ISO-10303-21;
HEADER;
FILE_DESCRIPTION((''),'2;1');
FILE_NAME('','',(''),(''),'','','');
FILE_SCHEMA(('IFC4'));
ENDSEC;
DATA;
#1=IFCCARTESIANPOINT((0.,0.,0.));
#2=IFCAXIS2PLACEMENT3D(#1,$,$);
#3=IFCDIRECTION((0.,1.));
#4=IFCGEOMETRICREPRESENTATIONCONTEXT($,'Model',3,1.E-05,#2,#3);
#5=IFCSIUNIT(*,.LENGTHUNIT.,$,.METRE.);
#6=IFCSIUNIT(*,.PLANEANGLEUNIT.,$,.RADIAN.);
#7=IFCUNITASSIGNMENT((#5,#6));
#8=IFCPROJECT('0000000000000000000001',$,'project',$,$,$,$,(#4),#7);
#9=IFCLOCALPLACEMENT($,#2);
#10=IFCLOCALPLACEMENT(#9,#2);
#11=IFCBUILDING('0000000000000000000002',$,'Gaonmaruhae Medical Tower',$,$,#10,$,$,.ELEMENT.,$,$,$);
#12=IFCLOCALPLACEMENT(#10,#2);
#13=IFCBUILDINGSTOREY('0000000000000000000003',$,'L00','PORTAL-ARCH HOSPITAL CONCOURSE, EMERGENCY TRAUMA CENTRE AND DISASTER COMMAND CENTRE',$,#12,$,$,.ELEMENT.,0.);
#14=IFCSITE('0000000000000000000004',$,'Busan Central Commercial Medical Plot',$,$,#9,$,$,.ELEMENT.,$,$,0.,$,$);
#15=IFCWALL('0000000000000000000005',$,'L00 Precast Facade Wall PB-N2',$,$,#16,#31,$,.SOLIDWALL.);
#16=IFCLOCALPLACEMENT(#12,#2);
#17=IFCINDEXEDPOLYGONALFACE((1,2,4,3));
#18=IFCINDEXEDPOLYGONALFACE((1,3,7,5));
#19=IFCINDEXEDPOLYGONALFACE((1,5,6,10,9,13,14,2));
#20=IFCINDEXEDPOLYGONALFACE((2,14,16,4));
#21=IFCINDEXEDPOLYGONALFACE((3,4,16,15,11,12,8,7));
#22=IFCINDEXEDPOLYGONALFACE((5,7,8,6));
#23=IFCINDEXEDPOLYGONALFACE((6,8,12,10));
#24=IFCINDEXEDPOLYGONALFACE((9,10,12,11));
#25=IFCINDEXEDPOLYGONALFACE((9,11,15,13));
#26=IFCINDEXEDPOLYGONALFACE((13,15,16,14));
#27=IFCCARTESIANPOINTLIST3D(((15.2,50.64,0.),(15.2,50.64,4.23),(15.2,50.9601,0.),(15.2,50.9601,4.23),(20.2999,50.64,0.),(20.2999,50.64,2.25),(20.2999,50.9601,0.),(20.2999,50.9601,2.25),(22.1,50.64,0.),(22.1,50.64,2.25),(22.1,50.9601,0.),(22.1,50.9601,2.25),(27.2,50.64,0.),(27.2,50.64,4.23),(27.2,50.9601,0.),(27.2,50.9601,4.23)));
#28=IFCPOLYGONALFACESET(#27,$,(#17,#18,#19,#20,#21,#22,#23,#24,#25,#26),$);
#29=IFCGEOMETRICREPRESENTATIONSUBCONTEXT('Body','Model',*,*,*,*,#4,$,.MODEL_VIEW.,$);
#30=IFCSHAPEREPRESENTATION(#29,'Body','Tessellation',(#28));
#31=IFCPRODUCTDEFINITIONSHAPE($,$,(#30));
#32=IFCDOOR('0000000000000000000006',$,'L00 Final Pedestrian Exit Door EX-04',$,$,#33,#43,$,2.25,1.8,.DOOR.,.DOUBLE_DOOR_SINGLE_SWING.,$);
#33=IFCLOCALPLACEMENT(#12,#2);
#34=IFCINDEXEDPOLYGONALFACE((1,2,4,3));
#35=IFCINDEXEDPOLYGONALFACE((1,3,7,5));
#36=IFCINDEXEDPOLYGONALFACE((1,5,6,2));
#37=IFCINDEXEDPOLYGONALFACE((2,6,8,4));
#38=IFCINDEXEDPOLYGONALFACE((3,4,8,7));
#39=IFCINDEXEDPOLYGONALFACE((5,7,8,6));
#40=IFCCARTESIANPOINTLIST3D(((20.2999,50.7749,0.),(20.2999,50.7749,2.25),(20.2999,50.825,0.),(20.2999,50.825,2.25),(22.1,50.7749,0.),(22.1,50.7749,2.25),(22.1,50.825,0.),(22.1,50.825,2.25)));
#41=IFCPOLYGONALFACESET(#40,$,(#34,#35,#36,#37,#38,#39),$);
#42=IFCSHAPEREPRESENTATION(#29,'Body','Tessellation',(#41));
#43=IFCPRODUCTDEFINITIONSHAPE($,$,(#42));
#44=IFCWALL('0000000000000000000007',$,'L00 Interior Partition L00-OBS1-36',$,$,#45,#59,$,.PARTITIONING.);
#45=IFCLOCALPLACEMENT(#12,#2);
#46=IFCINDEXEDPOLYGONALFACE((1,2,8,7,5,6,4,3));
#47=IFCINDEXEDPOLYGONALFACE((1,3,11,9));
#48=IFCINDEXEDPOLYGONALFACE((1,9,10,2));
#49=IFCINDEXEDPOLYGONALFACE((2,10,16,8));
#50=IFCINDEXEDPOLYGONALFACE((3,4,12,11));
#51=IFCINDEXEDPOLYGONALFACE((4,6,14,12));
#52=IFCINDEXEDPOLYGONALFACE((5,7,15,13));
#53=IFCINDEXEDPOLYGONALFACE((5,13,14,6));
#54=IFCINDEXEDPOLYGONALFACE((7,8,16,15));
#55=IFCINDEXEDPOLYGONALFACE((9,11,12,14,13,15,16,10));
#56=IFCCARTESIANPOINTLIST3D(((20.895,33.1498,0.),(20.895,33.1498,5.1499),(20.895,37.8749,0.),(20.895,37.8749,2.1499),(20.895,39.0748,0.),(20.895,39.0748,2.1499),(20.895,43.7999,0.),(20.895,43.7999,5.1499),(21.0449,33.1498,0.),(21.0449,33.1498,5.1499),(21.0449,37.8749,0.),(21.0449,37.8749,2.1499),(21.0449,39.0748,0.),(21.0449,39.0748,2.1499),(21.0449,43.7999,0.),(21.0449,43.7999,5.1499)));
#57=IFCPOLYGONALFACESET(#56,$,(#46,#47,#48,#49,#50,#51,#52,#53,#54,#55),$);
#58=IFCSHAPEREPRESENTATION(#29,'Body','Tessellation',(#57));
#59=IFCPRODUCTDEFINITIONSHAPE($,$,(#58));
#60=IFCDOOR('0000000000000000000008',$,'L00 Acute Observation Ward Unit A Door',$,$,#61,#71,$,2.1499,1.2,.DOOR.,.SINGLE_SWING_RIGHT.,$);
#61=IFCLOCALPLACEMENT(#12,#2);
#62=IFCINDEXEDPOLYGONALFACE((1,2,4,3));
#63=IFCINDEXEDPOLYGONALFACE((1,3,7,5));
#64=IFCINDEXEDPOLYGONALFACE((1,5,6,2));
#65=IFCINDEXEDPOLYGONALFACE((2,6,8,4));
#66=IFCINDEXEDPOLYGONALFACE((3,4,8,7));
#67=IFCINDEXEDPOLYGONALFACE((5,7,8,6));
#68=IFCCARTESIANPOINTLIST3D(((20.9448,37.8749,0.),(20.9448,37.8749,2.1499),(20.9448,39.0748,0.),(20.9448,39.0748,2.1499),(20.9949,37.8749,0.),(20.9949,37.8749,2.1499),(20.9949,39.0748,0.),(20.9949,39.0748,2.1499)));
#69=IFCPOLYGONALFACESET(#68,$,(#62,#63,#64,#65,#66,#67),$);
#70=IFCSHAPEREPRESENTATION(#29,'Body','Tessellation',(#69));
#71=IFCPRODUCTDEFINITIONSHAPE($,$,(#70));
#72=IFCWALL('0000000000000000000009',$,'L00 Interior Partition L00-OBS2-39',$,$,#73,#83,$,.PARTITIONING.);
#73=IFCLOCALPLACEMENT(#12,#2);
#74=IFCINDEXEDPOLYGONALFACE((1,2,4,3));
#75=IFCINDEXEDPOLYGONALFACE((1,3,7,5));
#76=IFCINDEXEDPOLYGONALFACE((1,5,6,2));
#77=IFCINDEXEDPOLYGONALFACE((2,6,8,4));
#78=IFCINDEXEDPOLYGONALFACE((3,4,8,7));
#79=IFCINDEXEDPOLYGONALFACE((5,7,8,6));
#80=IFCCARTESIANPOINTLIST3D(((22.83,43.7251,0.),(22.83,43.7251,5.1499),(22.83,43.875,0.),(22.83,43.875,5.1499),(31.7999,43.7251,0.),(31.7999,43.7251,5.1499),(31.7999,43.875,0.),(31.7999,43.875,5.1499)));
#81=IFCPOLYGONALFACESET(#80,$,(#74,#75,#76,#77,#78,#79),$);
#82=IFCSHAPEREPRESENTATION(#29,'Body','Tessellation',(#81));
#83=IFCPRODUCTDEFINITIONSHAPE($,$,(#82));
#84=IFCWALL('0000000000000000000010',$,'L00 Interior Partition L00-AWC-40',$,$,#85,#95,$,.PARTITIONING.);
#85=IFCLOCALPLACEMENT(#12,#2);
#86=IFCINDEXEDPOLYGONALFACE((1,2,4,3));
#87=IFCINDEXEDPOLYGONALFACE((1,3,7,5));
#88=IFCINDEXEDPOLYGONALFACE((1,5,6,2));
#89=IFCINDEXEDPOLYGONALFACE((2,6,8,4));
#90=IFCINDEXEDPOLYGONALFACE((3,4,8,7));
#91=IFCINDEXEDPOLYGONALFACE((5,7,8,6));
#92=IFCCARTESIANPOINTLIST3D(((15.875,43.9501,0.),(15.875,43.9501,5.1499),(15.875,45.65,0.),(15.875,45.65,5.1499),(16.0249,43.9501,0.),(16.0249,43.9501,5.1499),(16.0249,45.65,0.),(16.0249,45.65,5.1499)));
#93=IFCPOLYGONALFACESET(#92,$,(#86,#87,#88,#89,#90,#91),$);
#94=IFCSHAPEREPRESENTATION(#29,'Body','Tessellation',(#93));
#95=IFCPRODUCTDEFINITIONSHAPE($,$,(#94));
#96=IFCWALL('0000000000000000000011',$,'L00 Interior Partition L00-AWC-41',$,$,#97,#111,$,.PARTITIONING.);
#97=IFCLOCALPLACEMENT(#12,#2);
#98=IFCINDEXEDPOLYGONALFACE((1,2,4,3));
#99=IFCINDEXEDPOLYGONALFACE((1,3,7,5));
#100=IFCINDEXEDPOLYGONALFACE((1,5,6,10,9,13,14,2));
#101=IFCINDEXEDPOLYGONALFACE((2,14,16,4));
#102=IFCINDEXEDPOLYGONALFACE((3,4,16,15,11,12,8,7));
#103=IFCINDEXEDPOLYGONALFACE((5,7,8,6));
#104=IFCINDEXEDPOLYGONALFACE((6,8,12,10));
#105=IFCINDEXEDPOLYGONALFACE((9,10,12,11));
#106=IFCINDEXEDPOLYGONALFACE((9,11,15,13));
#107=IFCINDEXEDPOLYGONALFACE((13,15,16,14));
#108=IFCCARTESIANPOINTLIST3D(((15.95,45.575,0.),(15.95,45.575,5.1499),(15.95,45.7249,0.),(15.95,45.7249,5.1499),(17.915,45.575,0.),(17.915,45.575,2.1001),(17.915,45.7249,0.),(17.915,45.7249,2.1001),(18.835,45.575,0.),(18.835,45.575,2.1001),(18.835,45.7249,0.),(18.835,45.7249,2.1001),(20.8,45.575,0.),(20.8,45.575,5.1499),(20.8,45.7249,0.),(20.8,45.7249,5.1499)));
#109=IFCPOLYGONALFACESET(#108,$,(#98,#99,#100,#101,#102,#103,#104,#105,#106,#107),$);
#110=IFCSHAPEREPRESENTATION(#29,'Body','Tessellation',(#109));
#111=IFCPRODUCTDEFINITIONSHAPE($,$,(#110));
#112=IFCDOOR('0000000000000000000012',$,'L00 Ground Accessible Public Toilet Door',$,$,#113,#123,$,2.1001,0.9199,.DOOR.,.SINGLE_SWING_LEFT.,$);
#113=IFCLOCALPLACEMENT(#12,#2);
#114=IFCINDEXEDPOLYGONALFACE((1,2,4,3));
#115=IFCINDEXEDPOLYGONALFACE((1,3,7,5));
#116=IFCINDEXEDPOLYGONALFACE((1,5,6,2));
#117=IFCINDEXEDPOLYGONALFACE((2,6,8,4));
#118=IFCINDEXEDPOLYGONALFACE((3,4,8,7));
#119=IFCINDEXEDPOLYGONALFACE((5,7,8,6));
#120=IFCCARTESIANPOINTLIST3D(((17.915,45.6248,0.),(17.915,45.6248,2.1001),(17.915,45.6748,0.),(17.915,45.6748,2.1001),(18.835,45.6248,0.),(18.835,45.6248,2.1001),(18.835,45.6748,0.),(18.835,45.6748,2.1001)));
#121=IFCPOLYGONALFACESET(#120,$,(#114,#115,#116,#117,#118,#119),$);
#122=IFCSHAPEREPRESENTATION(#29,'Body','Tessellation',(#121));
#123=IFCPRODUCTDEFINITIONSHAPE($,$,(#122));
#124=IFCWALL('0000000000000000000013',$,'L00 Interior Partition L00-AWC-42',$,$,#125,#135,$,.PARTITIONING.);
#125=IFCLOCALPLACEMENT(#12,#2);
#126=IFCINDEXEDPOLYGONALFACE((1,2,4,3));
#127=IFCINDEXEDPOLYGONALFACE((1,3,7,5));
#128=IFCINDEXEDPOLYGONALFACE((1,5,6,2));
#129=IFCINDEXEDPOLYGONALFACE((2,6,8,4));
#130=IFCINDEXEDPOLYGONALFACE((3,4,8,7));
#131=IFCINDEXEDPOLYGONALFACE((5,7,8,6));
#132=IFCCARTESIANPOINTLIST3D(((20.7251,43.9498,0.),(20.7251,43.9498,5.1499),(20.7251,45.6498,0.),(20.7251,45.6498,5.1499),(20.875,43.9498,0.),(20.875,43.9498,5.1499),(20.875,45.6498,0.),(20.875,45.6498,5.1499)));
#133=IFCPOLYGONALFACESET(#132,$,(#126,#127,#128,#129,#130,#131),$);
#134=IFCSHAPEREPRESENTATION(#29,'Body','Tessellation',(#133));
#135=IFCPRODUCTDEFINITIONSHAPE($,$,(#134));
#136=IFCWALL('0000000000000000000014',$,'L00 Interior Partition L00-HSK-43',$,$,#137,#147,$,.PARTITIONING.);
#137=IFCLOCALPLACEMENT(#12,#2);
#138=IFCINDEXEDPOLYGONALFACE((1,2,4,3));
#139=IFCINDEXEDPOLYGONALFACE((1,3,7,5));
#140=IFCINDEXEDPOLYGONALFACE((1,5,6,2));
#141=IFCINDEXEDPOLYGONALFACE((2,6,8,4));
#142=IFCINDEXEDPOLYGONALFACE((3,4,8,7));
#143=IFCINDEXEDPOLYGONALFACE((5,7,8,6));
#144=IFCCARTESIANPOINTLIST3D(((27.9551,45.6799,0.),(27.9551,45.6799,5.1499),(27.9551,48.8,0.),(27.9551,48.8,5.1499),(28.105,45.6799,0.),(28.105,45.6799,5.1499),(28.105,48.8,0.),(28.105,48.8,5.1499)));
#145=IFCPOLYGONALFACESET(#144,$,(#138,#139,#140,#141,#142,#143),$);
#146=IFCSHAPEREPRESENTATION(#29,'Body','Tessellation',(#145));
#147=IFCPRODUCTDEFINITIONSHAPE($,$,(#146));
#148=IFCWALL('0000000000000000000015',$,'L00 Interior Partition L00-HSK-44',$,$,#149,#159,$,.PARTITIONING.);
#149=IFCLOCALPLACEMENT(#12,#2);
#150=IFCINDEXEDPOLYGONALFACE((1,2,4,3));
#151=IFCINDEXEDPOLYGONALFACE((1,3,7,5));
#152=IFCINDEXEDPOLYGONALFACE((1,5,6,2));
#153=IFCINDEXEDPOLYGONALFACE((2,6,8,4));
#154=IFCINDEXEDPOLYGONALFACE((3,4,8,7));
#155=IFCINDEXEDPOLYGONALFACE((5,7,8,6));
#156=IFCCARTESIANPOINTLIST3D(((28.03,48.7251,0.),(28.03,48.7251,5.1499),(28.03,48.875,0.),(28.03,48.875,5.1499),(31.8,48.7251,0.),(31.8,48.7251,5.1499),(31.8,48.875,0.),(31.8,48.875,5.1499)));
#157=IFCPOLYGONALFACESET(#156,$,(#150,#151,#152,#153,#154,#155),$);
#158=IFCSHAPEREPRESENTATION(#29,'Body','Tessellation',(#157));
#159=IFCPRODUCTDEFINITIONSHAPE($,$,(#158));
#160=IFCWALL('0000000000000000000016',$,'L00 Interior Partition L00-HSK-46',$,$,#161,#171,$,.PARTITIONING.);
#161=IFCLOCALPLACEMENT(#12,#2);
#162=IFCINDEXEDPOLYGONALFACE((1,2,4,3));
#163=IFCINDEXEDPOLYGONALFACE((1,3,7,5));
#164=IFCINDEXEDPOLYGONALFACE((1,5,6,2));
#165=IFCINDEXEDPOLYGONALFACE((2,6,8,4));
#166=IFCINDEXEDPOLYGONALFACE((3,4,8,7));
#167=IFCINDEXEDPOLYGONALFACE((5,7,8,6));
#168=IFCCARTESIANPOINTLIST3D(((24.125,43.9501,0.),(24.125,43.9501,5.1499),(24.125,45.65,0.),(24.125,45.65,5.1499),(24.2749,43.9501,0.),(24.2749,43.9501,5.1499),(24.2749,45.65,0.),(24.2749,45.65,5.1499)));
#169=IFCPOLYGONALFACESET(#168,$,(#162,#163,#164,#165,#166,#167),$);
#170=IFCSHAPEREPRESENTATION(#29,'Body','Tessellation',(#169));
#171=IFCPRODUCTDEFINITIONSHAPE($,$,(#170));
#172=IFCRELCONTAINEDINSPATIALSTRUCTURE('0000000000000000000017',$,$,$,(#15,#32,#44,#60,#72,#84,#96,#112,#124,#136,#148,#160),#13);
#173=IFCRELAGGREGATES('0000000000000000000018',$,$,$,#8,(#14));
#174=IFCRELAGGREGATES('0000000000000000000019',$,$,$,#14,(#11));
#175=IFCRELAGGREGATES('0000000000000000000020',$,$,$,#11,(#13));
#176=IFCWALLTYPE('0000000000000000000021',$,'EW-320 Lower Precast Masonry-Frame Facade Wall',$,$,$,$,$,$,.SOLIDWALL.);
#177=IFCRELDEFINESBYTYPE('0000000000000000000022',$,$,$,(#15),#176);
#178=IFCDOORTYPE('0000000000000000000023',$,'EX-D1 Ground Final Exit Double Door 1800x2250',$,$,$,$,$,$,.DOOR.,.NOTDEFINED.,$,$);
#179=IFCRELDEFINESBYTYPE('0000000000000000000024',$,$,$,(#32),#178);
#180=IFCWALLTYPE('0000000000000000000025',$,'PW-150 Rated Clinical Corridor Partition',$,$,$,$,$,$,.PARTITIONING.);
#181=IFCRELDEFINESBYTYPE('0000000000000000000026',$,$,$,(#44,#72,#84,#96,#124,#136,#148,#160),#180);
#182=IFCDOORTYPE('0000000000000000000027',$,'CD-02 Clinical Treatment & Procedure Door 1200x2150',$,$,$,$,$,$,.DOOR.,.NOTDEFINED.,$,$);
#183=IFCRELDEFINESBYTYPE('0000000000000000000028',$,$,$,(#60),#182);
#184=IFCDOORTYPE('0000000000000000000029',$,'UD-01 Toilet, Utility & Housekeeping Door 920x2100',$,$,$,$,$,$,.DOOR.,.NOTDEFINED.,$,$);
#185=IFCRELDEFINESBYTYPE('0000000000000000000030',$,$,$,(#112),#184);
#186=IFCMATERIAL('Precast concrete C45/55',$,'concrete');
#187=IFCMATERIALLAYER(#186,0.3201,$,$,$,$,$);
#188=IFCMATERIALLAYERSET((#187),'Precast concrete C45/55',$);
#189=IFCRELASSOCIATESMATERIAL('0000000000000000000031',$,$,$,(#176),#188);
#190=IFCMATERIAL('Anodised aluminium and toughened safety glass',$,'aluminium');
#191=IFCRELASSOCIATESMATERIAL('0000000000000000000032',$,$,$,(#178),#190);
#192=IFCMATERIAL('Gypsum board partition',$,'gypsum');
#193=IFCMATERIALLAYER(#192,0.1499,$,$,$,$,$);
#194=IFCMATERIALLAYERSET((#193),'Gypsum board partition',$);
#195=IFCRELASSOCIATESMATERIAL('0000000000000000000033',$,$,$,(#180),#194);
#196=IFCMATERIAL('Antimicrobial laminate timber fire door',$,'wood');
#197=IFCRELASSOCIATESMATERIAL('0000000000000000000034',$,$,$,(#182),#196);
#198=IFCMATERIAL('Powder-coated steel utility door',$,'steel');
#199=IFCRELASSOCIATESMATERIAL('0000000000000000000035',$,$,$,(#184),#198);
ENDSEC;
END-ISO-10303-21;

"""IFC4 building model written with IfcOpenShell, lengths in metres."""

from ifc_helpers import new_model, si_unit, direction, frame, frame_2d, origin, place, context, subcontext, project, spatial, rectangle, extrude, material, layer, layer_set, type_object, element, fill, save


model = new_model("IFC4")

# Units and contexts
model_context = context("Model", 3, precision=1e-05, world=origin(), true_north=direction((0.0, 1.0)))
body_context = subcontext(model_context, "Body", "Model", "MODEL_VIEW")
ifc_project = project(units=[si_unit("LENGTHUNIT", "METRE"), si_unit("PLANEANGLEUNIT", "RADIAN")], contexts=[model_context])

# Site, building, storey
site_placement = place(None, origin())
site = spatial("IfcSite", under=ifc_project, at=site_placement, Name="Busan Central Commercial Medical Plot", CompositionType="ELEMENT", RefElevation=0.0)
building_placement = place(site_placement, origin())
building = spatial("IfcBuilding", under=site, at=building_placement, Name="Gaonmaruhae Medical Tower", CompositionType="ELEMENT")
storey_placement = place(building_placement, origin())
storey = spatial("IfcBuildingStorey", under=building, at=storey_placement, Name="L00", Description="PORTAL-ARCH HOSPITAL CONCOURSE, EMERGENCY TRAUMA CENTRE AND DISASTER COMMAND CENTRE", CompositionType="ELEMENT", Elevation=0.0)

# Walls, openings, doors
ifc_material_1 = material(Name="Precast concrete C45/55", Category="concrete")
ifc_layer_1 = layer(ifc_material_1, 0.3201)
ifc_layer_set_1 = layer_set([ifc_layer_1], Name="Precast concrete C45/55")
wall_type_1 = type_object("IfcWallType", Name="EW-320 Lower Precast Masonry-Frame Facade Wall", PredefinedType="SOLIDWALL", material=ifc_layer_set_1)
wall_1_placement = place(storey_placement, frame((15.2, 50.8, 0.0), z_axis=(0.0, 0.0, 1.0), x_axis=(1.0, 0.0, 0.0)))
wall_1 = element("IfcWall", 1, at=wall_1_placement, inside=storey, type_object=wall_type_1, Name="L00 Precast Facade Wall PB-N2", PredefinedType="SOLIDWALL", context=body_context, shape_type="SweptSolid", body=[
    extrude(rectangle(XDim=12.0, YDim=0.3201, at=frame_2d((6.0, 0.0))), origin(), (0.0, 0.0, 1.0), 4.23),
])
opening_1_placement = place(wall_1_placement, frame((5.1001, 0.0, 0.0)))
opening_1 = element("IfcOpeningElement", 2, at=opening_1_placement, cuts=wall_1, PredefinedType="OPENING", context=body_context, shape_type="SweptSolid", body=[
    extrude(rectangle(XDim=1.8, YDim=2.25, at=frame_2d((0.8999, 1.125))), frame((0.0, 0.1699, 0.0), z_axis=(0.0, -1.0, 0.0), x_axis=(1.0, 0.0, 0.0)), (0.0, 0.0, 1.0), 0.3401),
])
ifc_material_2 = material(Name="Anodised aluminium and toughened safety glass", Category="aluminium")
door_type_1 = type_object("IfcDoorType", Name="EX-D1 Ground Final Exit Double Door 1800x2250", OperationType="NOTDEFINED", PredefinedType="DOOR", material=ifc_material_2)
door_1_placement = place(opening_1_placement, origin())
door_1 = element("IfcDoor", 3, at=door_1_placement, inside=storey, type_object=door_type_1, Name="L00 Final Pedestrian Exit Door EX-04", OperationType="DOUBLE_DOOR_SINGLE_SWING", OverallHeight=2.25, OverallWidth=1.8, PredefinedType="DOOR", context=body_context, shape_type="SweptSolid", body=[
    extrude(rectangle(XDim=1.8, YDim=2.25, at=frame_2d((0.8999, 1.125))), frame((0.0, 0.0249, 0.0), z_axis=(0.0, -1.0, 0.0), x_axis=(1.0, 0.0, 0.0)), (0.0, 0.0, 1.0), 0.05),
])
fill(opening_1, door_1)
ifc_material_3 = material(Name="Gypsum board partition", Category="gypsum")
ifc_layer_2 = layer(ifc_material_3, 0.1499)
ifc_layer_set_2 = layer_set([ifc_layer_2], Name="Gypsum board partition")
wall_type_2 = type_object("IfcWallType", Name="PW-150 Rated Clinical Corridor Partition", PredefinedType="PARTITIONING", material=ifc_layer_set_2)
wall_2_placement = place(storey_placement, frame((20.97, 43.8, 0.0), z_axis=(0.0, 0.0, 1.0), x_axis=(0.0, -1.0, 0.0)))
wall_2 = element("IfcWall", 4, at=wall_2_placement, inside=storey, type_object=wall_type_2, Name="L00 Interior Partition L00-OBS1-36", PredefinedType="PARTITIONING", context=body_context, shape_type="SweptSolid", body=[
    extrude(rectangle(XDim=10.6501, YDim=0.1499, at=frame_2d((5.3252, 0.0))), origin(), (0.0, 0.0, 1.0), 5.1499),
])
opening_2_placement = place(wall_2_placement, frame((4.7251, 0.0, 0.0)))
opening_2 = element("IfcOpeningElement", 5, at=opening_2_placement, cuts=wall_2, PredefinedType="OPENING", context=body_context, shape_type="SweptSolid", body=[
    extrude(rectangle(XDim=1.2, YDim=2.1499, at=frame_2d((0.6001, 1.075))), frame((0.0, 0.085, 0.0), z_axis=(0.0, -1.0, 0.0), x_axis=(1.0, 0.0, 0.0)), (0.0, 0.0, 1.0), 0.1699),
])
ifc_material_4 = material(Name="Antimicrobial laminate timber fire door", Category="wood")
door_type_2 = type_object("IfcDoorType", Name="CD-02 Clinical Treatment & Procedure Door 1200x2150", OperationType="NOTDEFINED", PredefinedType="DOOR", material=ifc_material_4)
door_2_placement = place(opening_2_placement, origin())
door_2 = element("IfcDoor", 6, at=door_2_placement, inside=storey, type_object=door_type_2, Name="L00 Acute Observation Ward Unit A Door", OperationType="SINGLE_SWING_RIGHT", OverallHeight=2.1499, OverallWidth=1.2, PredefinedType="DOOR", context=body_context, shape_type="SweptSolid", body=[
    extrude(rectangle(XDim=1.2, YDim=2.1499, at=frame_2d((0.6001, 1.075))), frame((0.0, 0.0249, 0.0), z_axis=(0.0, -1.0, 0.0), x_axis=(1.0, 0.0, 0.0)), (0.0, 0.0, 1.0), 0.05),
])
fill(opening_2, door_2)

# Walls
wall_3_placement = place(storey_placement, frame((22.8301, 43.8, 0.0), z_axis=(0.0, 0.0, 1.0), x_axis=(1.0, 0.0, 0.0)))
element("IfcWall", 7, at=wall_3_placement, inside=storey, type_object=wall_type_2, Name="L00 Interior Partition L00-OBS2-39", PredefinedType="PARTITIONING", context=body_context, shape_type="SweptSolid", body=[
    extrude(rectangle(XDim=8.97, YDim=0.1499, at=frame_2d((4.4849, 0.0))), origin(), (0.0, 0.0, 1.0), 5.1499),
])
wall_4_placement = place(storey_placement, frame((15.95, 43.95, 0.0), z_axis=(0.0, 0.0, 1.0), x_axis=(0.0, 1.0, 0.0)))
element("IfcWall", 8, at=wall_4_placement, inside=storey, type_object=wall_type_2, Name="L00 Interior Partition L00-AWC-40", PredefinedType="PARTITIONING", context=body_context, shape_type="SweptSolid", body=[
    extrude(rectangle(XDim=1.7, YDim=0.1499, at=frame_2d((0.8501, 0.0))), origin(), (0.0, 0.0, 1.0), 5.1499),
])

# Wall, opening, door
wall_5_placement = place(storey_placement, frame((15.95, 45.6499, 0.0), z_axis=(0.0, 0.0, 1.0), x_axis=(1.0, 0.0, 0.0)))
wall_5 = element("IfcWall", 9, at=wall_5_placement, inside=storey, type_object=wall_type_2, Name="L00 Interior Partition L00-AWC-41", PredefinedType="PARTITIONING", context=body_context, shape_type="SweptSolid", body=[
    extrude(rectangle(XDim=4.8501, YDim=0.1499, at=frame_2d((2.425, 0.0))), origin(), (0.0, 0.0, 1.0), 5.1499),
])
opening_3_placement = place(wall_5_placement, frame((1.9651, 0.0, 0.0)))
opening_3 = element("IfcOpeningElement", 10, at=opening_3_placement, cuts=wall_5, PredefinedType="OPENING", context=body_context, shape_type="SweptSolid", body=[
    extrude(rectangle(XDim=0.9199, YDim=2.1001, at=frame_2d((0.46, 1.05))), frame((0.0, 0.085, 0.0), z_axis=(0.0, -1.0, 0.0), x_axis=(1.0, 0.0, 0.0)), (0.0, 0.0, 1.0), 0.1699),
])
ifc_material_5 = material(Name="Powder-coated steel utility door", Category="steel")
door_type_3 = type_object("IfcDoorType", Name="UD-01 Toilet, Utility & Housekeeping Door 920x2100", OperationType="NOTDEFINED", PredefinedType="DOOR", material=ifc_material_5)
door_3_placement = place(opening_3_placement, origin())
door_3 = element("IfcDoor", 11, at=door_3_placement, inside=storey, type_object=door_type_3, Name="L00 Ground Accessible Public Toilet Door", OperationType="SINGLE_SWING_LEFT", OverallHeight=2.1001, OverallWidth=0.9199, PredefinedType="DOOR", context=body_context, shape_type="SweptSolid", body=[
    extrude(rectangle(XDim=0.9199, YDim=2.1001, at=frame_2d((0.46, 1.05))), frame((0.0, 0.0249, 0.0), z_axis=(0.0, -1.0, 0.0), x_axis=(1.0, 0.0, 0.0)), (0.0, 0.0, 1.0), 0.05),
])
fill(opening_3, door_3)

# Walls
wall_6_placement = place(storey_placement, frame((20.8, 45.6499, 0.0), z_axis=(0.0, 0.0, 1.0), x_axis=(0.0, -1.0, 0.0)))
element("IfcWall", 12, at=wall_6_placement, inside=storey, type_object=wall_type_2, Name="L00 Interior Partition L00-AWC-42", PredefinedType="PARTITIONING", context=body_context, shape_type="SweptSolid", body=[
    extrude(rectangle(XDim=1.7, YDim=0.1499, at=frame_2d((0.8501, 0.0))), origin(), (0.0, 0.0, 1.0), 5.1499),
])
wall_7_placement = place(storey_placement, frame((28.03, 45.6799, 0.0), z_axis=(0.0, 0.0, 1.0), x_axis=(0.0, 1.0, 0.0)))
element("IfcWall", 13, at=wall_7_placement, inside=storey, type_object=wall_type_2, Name="L00 Interior Partition L00-HSK-43", PredefinedType="PARTITIONING", context=body_context, shape_type="SweptSolid", body=[
    extrude(rectangle(XDim=3.1201, YDim=0.1499, at=frame_2d((1.5601, 0.0))), origin(), (0.0, 0.0, 1.0), 5.1499),
])
wall_8_placement = place(storey_placement, frame((28.03, 48.8, 0.0), z_axis=(0.0, 0.0, 1.0), x_axis=(1.0, 0.0, 0.0)))
element("IfcWall", 14, at=wall_8_placement, inside=storey, type_object=wall_type_2, Name="L00 Interior Partition L00-HSK-44", PredefinedType="PARTITIONING", context=body_context, shape_type="SweptSolid", body=[
    extrude(rectangle(XDim=3.77, YDim=0.1499, at=frame_2d((1.885, 0.0))), origin(), (0.0, 0.0, 1.0), 5.1499),
])
wall_9_placement = place(storey_placement, frame((24.2, 43.95, 0.0), z_axis=(0.0, 0.0, 1.0), x_axis=(0.0, 1.0, 0.0)))
element("IfcWall", 15, at=wall_9_placement, inside=storey, type_object=wall_type_2, Name="L00 Interior Partition L00-HSK-46", PredefinedType="PARTITIONING", context=body_context, shape_type="SweptSolid", body=[
    extrude(rectangle(XDim=1.7, YDim=0.1499, at=frame_2d((0.8501, 0.0))), origin(), (0.0, 0.0, 1.0), 5.1499),
])

save(model, "model.ifc")
